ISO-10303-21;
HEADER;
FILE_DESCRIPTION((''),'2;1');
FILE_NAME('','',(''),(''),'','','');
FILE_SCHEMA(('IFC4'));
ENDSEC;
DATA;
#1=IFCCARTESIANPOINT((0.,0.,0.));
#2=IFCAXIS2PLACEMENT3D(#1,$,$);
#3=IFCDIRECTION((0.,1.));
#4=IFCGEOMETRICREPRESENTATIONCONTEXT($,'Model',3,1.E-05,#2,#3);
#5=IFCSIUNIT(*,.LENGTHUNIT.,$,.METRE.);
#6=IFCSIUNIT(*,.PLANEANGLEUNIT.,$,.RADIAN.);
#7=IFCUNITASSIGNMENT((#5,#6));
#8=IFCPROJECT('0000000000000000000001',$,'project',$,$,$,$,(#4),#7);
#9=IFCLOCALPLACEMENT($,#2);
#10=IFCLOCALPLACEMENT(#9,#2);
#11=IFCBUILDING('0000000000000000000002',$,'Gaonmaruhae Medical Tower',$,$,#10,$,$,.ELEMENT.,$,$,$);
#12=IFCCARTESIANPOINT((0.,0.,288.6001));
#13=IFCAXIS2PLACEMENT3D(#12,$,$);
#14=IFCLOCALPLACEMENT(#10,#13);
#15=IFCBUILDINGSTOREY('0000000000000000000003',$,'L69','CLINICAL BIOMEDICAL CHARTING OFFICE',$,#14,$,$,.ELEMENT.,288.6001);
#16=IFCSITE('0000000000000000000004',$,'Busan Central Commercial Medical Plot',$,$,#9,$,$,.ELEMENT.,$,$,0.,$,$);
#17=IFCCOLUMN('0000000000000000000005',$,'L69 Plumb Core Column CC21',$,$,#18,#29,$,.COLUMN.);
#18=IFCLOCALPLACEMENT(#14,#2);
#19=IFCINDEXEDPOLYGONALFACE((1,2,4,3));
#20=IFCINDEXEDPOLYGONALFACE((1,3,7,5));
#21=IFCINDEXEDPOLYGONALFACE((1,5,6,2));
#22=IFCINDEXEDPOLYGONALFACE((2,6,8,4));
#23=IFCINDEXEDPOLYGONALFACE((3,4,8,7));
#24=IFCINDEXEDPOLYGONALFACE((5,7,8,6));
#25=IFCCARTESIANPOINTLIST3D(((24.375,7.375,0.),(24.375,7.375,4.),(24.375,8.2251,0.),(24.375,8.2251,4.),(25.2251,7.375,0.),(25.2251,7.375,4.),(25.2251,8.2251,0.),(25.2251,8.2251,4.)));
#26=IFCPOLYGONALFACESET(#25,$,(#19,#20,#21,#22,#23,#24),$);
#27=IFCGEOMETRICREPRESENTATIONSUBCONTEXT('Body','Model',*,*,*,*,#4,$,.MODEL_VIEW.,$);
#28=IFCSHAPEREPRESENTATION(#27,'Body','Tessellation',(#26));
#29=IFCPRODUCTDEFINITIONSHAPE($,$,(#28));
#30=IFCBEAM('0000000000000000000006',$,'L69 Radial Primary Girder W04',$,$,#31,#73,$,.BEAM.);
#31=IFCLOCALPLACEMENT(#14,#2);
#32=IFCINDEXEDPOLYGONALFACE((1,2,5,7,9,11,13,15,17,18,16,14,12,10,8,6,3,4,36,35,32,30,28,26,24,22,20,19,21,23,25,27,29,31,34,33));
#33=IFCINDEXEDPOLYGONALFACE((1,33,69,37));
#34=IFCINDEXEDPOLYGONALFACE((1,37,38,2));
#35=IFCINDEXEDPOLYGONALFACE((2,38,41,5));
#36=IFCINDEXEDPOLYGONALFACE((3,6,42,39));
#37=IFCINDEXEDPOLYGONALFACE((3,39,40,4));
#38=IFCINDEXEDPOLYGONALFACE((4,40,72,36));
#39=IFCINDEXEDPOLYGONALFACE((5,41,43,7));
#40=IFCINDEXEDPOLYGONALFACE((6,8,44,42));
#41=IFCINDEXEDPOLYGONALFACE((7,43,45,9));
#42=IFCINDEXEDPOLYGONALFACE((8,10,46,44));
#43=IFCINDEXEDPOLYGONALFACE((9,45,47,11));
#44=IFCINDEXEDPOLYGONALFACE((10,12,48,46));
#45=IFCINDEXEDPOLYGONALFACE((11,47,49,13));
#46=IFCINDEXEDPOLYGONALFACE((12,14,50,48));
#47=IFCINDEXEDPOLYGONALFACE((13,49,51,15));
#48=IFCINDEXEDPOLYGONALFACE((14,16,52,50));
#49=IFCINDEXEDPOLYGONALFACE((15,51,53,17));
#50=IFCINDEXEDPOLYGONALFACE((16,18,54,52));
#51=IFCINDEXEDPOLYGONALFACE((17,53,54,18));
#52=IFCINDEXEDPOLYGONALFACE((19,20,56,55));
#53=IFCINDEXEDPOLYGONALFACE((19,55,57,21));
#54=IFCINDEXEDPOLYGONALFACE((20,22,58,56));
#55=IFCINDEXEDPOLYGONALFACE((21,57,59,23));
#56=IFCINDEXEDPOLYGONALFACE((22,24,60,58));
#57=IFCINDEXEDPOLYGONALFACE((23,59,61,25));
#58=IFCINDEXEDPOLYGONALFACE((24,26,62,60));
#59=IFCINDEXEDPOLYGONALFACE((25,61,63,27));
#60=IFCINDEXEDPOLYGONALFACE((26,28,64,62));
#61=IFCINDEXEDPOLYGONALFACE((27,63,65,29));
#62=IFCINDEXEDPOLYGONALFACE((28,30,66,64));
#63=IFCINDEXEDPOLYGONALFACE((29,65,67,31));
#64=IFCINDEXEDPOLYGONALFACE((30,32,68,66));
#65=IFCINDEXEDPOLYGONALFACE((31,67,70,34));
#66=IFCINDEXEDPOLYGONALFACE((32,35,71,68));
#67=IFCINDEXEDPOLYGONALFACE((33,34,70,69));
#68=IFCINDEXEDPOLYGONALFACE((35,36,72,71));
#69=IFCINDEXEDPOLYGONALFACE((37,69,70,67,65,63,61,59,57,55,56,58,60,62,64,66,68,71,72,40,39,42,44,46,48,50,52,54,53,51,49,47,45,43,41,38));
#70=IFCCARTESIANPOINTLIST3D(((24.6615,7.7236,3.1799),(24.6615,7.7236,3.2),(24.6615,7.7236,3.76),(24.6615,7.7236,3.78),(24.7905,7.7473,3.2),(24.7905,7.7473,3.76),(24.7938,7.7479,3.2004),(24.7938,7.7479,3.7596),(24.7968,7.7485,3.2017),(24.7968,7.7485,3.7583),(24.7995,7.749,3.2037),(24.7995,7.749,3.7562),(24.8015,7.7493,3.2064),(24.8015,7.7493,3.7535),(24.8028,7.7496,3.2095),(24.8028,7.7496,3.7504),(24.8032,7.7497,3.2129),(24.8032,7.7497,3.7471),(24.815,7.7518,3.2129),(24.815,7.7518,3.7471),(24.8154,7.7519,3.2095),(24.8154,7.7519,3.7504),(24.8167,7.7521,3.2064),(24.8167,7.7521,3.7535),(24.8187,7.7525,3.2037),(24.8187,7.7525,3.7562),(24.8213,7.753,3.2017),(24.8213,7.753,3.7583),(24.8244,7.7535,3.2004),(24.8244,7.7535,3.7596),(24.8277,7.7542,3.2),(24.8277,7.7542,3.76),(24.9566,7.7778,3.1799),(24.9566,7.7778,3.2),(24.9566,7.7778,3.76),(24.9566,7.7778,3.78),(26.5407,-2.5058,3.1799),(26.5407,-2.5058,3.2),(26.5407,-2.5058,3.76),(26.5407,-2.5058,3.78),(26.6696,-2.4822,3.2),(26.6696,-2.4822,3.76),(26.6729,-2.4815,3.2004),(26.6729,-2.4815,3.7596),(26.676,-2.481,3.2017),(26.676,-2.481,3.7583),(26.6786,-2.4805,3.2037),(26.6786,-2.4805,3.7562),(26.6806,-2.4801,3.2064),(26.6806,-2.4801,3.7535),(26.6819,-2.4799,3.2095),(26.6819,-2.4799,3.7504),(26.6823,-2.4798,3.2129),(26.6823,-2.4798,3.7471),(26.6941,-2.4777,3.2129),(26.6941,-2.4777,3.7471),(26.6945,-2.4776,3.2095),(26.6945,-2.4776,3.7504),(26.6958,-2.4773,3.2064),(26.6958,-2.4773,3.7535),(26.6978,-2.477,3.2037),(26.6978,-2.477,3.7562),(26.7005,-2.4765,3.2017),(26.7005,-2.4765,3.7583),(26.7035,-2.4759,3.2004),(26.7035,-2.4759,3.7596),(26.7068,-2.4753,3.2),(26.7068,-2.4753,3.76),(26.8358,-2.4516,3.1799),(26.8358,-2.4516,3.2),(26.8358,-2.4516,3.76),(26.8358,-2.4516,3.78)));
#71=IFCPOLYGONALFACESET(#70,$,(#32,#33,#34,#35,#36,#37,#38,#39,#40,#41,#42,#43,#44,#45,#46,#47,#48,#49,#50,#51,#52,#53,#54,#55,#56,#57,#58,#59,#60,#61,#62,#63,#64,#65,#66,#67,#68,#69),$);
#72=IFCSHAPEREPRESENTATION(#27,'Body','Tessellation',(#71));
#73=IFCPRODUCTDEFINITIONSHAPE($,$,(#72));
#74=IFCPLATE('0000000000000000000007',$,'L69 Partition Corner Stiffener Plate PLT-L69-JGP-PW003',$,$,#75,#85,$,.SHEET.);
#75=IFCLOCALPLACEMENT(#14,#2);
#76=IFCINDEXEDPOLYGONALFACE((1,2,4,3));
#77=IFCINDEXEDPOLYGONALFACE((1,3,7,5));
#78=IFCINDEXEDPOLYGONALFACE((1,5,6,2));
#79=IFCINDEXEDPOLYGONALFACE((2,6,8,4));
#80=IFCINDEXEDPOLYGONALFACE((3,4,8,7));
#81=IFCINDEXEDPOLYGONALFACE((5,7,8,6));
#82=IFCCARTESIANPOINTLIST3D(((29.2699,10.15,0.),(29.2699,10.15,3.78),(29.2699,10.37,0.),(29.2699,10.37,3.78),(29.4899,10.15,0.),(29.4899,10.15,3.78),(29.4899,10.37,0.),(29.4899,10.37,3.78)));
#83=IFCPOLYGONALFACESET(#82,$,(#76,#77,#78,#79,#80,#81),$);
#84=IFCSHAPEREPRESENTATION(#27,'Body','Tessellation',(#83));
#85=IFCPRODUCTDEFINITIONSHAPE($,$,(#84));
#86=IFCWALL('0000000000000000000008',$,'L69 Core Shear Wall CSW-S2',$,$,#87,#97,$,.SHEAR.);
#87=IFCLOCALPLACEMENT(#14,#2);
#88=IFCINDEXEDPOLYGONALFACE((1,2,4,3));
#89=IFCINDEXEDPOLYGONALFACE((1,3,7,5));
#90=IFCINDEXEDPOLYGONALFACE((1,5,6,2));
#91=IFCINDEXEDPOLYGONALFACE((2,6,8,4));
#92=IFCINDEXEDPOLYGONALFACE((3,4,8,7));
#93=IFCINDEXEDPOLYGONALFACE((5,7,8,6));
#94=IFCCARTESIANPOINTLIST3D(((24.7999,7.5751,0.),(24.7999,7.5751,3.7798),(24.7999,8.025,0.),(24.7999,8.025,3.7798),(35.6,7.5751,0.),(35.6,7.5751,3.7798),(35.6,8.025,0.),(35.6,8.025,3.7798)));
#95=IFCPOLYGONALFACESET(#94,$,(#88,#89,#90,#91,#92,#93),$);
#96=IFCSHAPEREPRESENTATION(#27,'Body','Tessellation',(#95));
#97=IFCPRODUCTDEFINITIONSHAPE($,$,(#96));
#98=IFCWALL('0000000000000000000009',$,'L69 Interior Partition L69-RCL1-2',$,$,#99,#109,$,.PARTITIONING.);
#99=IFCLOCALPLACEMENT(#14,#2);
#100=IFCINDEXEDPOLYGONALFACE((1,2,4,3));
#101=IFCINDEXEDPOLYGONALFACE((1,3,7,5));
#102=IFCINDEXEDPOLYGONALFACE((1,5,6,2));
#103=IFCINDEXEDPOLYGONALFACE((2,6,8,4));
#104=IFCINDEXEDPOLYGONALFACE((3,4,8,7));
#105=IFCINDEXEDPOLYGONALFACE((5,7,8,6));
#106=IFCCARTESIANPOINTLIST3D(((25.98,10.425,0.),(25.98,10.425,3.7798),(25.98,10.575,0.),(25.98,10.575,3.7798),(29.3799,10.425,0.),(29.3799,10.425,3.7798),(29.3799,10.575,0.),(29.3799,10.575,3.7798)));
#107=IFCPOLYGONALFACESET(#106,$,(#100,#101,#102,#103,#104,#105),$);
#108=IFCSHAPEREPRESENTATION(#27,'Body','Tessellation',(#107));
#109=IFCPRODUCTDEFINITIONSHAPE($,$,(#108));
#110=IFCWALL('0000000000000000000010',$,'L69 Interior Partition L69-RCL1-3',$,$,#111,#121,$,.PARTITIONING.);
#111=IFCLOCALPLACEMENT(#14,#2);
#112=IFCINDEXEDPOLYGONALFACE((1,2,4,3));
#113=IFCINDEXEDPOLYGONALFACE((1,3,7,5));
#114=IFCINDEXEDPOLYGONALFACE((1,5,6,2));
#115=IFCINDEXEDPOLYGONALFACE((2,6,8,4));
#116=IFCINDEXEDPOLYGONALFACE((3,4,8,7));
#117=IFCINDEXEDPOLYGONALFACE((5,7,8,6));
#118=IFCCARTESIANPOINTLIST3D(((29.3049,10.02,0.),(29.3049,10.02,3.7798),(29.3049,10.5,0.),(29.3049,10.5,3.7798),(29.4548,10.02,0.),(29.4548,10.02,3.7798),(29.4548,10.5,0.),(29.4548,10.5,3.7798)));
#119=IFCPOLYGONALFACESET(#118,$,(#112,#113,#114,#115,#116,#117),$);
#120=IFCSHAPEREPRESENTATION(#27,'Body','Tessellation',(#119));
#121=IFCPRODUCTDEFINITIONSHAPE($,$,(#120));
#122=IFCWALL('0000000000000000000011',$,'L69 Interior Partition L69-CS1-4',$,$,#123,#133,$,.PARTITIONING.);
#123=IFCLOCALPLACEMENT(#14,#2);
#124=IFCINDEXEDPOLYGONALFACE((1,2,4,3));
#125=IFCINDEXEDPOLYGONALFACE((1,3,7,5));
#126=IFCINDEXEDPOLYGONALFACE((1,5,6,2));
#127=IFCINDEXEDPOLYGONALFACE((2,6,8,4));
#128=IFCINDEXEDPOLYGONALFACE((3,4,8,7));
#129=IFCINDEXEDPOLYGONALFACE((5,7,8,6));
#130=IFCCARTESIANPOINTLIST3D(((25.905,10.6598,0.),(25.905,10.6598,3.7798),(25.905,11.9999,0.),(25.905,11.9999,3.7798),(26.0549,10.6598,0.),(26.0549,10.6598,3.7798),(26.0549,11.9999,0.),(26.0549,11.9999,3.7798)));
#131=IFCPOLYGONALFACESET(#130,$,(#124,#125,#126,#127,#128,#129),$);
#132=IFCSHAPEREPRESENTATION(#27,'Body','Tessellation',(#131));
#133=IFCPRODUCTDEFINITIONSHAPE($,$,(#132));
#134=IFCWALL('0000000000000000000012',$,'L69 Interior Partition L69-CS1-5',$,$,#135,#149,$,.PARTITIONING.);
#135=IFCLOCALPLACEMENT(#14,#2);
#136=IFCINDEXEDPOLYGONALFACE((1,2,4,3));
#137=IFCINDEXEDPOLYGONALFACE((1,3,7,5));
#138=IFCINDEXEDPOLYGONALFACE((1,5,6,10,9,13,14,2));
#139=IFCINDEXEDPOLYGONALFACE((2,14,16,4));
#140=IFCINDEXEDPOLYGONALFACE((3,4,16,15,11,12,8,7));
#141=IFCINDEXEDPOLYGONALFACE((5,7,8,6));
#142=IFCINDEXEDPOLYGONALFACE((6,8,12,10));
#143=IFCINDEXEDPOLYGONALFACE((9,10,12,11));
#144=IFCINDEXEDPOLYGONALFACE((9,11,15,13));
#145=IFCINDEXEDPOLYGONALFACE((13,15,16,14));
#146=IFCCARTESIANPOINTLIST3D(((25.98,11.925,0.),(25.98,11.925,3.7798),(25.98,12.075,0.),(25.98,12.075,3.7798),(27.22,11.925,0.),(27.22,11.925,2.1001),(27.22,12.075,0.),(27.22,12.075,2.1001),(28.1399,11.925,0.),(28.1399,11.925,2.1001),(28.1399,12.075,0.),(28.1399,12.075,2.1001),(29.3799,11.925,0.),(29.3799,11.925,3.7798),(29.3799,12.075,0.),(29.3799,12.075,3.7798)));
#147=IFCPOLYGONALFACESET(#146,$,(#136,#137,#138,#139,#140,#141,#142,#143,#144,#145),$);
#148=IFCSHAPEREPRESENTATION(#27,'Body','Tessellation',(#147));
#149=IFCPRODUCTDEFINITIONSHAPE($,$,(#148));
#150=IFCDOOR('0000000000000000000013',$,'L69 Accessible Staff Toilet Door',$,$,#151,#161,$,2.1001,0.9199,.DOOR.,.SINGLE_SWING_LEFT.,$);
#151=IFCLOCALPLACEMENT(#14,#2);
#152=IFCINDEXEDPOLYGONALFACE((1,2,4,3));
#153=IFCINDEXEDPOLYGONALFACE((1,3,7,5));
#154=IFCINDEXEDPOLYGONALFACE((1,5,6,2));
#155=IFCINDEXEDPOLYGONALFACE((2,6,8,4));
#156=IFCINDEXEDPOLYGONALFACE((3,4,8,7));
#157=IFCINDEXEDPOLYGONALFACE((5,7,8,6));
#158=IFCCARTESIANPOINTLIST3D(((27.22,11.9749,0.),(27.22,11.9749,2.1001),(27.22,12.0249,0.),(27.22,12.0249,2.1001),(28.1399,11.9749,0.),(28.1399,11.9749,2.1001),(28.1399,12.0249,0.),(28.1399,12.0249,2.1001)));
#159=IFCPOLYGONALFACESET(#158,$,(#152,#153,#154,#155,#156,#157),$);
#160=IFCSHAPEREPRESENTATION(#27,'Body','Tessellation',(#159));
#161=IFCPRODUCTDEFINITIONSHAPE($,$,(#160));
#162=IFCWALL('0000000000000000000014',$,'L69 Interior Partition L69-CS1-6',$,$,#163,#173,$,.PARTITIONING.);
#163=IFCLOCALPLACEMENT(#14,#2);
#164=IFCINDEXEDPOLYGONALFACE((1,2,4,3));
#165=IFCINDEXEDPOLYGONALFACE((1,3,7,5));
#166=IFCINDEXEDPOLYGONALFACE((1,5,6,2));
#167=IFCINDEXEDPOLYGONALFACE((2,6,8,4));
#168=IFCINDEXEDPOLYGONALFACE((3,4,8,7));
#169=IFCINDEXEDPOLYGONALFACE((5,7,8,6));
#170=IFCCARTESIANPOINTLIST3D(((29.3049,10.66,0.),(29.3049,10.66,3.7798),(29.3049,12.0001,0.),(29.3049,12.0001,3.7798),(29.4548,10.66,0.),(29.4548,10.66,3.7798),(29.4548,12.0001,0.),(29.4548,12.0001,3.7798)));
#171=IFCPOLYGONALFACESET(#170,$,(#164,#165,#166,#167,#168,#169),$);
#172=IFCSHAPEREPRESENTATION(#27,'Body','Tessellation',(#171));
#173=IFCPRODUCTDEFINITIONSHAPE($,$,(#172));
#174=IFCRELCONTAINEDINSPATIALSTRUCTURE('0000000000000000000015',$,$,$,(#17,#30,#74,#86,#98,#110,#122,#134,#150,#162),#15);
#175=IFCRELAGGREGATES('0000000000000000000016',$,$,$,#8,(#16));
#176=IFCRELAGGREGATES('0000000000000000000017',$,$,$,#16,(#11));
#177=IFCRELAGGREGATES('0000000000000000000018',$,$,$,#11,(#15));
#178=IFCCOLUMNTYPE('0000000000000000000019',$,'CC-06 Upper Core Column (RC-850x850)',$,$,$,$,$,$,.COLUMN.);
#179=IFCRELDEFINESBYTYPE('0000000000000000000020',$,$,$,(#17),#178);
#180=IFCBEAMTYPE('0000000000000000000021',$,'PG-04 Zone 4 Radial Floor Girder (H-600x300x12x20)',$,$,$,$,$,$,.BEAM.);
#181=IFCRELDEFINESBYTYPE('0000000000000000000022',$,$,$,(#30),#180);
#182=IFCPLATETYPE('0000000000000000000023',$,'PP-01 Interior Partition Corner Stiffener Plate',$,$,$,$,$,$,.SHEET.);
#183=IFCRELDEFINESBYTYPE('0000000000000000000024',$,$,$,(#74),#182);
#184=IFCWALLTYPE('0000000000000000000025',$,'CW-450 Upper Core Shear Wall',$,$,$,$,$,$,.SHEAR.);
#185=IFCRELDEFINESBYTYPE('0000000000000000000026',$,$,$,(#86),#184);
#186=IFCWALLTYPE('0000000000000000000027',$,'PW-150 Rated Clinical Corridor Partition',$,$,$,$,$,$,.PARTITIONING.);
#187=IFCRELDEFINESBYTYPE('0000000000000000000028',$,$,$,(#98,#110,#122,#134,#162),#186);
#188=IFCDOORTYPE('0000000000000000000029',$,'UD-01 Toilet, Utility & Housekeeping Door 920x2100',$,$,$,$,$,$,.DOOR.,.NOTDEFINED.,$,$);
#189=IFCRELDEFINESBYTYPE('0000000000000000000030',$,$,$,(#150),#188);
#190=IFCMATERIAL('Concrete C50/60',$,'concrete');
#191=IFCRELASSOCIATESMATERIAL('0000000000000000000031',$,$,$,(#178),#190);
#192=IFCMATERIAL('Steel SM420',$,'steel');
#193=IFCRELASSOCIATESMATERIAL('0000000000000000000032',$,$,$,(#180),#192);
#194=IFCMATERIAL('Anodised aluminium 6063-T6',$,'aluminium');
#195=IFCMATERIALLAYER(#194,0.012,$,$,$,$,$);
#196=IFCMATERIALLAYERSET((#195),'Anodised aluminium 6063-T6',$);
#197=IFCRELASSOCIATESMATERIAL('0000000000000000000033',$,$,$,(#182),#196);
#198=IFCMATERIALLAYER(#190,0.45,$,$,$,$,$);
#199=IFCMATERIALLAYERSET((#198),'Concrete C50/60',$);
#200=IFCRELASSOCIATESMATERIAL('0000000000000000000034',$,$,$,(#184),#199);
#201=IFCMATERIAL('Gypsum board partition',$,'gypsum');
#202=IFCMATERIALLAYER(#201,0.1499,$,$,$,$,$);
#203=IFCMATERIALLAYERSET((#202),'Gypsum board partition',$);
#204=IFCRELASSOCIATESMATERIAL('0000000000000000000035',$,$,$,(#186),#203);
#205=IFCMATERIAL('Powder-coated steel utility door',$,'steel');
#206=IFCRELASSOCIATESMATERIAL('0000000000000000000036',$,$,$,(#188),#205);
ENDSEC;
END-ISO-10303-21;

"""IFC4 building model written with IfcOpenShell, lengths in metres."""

from ifc_helpers import new_model, si_unit, direction, frame, frame_2d, origin, origin_2d, place, context, subcontext, project, spatial, rectangle, i_section, extrude, material, layer, layer_set, material_profile, profile_set, type_object, element, fill, save


model = new_model("IFC4")

# Units and contexts
model_context = context("Model", 3, precision=1e-05, world=origin(), true_north=direction((0.0, 1.0)))
body_context = subcontext(model_context, "Body", "Model", "MODEL_VIEW")
ifc_project = project(units=[si_unit("LENGTHUNIT", "METRE"), si_unit("PLANEANGLEUNIT", "RADIAN")], contexts=[model_context])

# Site, building, storey
site_placement = place(None, origin())
site = spatial("IfcSite", under=ifc_project, at=site_placement, Name="Busan Central Commercial Medical Plot", CompositionType="ELEMENT", RefElevation=0.0)
building_placement = place(site_placement, origin())
building = spatial("IfcBuilding", under=site, at=building_placement, Name="Gaonmaruhae Medical Tower", CompositionType="ELEMENT")
storey_placement = place(building_placement, frame((0.0, 0.0, 288.6001)))
storey = spatial("IfcBuildingStorey", under=building, at=storey_placement, Name="L69", Description="CLINICAL BIOMEDICAL CHARTING OFFICE", CompositionType="ELEMENT", Elevation=288.6001)

# Column
ifc_material_1 = material(Name="Concrete C50/60", Category="concrete")
ifc_material_profile_1 = material_profile(ifc_material_1, rectangle(XDim=0.8501, YDim=0.8501, at=origin_2d()), Name="RC-850x850")
ifc_profile_set_1 = profile_set([ifc_material_profile_1], Name="Concrete C50/60")
column_type = type_object("IfcColumnType", Name="CC-06 Upper Core Column (RC-850x850)", PredefinedType="COLUMN", material=ifc_profile_set_1)
column_placement = place(storey_placement, frame((24.8, 7.8, 0.0), z_axis=(0.0, 0.0, 1.0), x_axis=(1.0, 0.0, 0.0)))
element("IfcColumn", 1, at=column_placement, inside=storey, type_object=column_type, Name="L69 Plumb Core Column CC21", PredefinedType="COLUMN", context=body_context, shape_type="SweptSolid", body=[
    extrude(rectangle(XDim=0.8501, YDim=0.8501, at=origin_2d()), origin(), (0.0, 0.0, 1.0), 4.0),
])

# Beam
ifc_material_2 = material(Name="Steel SM420", Category="steel")
ifc_material_profile_2 = material_profile(ifc_material_2, i_section(OverallWidth=0.3, OverallDepth=0.6001, WebThickness=0.012, FlangeThickness=0.02, FilletRadius=0.0129, at=origin_2d()), Name="H-600x300x12x20")
ifc_profile_set_2 = profile_set([ifc_material_profile_2], Name="Steel SM420")
beam_type = type_object("IfcBeamType", Name="PG-04 Zone 4 Radial Floor Girder (H-600x300x12x20)", PredefinedType="BEAM", material=ifc_profile_set_2)
beam_placement = place(storey_placement, frame((24.8091, 7.7507, 3.48), z_axis=(0.180676, -0.983543, 0.0), x_axis=(0.983543, 0.180676, 0.0)))
element("IfcBeam", 2, at=beam_placement, inside=storey, type_object=beam_type, Name="L69 Radial Primary Girder W04", PredefinedType="BEAM", context=body_context, shape_type="SweptSolid", body=[
    extrude(i_section(OverallWidth=0.3, OverallDepth=0.6001, WebThickness=0.012, FlangeThickness=0.02, FilletRadius=0.0129, at=origin_2d()), origin(), (0.0, 0.0, 1.0), 10.4006),
])

# Plate
ifc_material_3 = material(Name="Anodised aluminium 6063-T6", Category="aluminium")
ifc_layer_1 = layer(ifc_material_3, 0.012)
ifc_layer_set_1 = layer_set([ifc_layer_1], Name="Anodised aluminium 6063-T6")
plate_type = type_object("IfcPlateType", Name="PP-01 Interior Partition Corner Stiffener Plate", PredefinedType="SHEET", material=ifc_layer_set_1)
plate_placement = place(storey_placement, frame((29.3799, 10.26, 0.0), z_axis=(0.0, 0.0, 1.0), x_axis=(0.0, -1.0, 0.0)))
element("IfcPlate", 3, at=plate_placement, inside=storey, type_object=plate_type, Name="L69 Partition Corner Stiffener Plate PLT-L69-JGP-PW003", PredefinedType="SHEET", context=body_context, shape_type="SweptSolid", body=[
    extrude(rectangle(XDim=0.22, YDim=0.22, at=origin_2d()), origin(), (0.0, 0.0, 1.0), 3.78),
])

# Wall
ifc_layer_2 = layer(ifc_material_1, 0.45)
ifc_layer_set_2 = layer_set([ifc_layer_2], Name="Concrete C50/60")
wall_type_1 = type_object("IfcWallType", Name="CW-450 Upper Core Shear Wall", PredefinedType="SHEAR", material=ifc_layer_set_2)
wall_1_placement = place(storey_placement, frame((24.8, 7.8, 0.0), z_axis=(0.0, 0.0, 1.0), x_axis=(1.0, 0.0, 0.0)))
element("IfcWall", 4, at=wall_1_placement, inside=storey, type_object=wall_type_1, Name="L69 Core Shear Wall CSW-S2", PredefinedType="SHEAR", context=body_context, shape_type="SweptSolid", body=[
    extrude(rectangle(XDim=10.8, YDim=0.45, at=frame_2d((5.3999, 0.0))), origin(), (0.0, 0.0, 1.0), 3.7798),
])

# Shared definitions
ifc_material_4 = material(Name="Gypsum board partition", Category="gypsum")
ifc_layer_3 = layer(ifc_material_4, 0.1499)
ifc_layer_set_3 = layer_set([ifc_layer_3], Name="Gypsum board partition")
wall_type_2 = type_object("IfcWallType", Name="PW-150 Rated Clinical Corridor Partition", PredefinedType="PARTITIONING", material=ifc_layer_set_3)

# Walls
wall_2_placement = place(storey_placement, frame((25.98, 10.5, 0.0), z_axis=(0.0, 0.0, 1.0), x_axis=(1.0, 0.0, 0.0)))
element("IfcWall", 5, at=wall_2_placement, inside=storey, type_object=wall_type_2, Name="L69 Interior Partition L69-RCL1-2", PredefinedType="PARTITIONING", context=body_context, shape_type="SweptSolid", body=[
    extrude(rectangle(XDim=3.3999, YDim=0.1499, at=frame_2d((1.7, 0.0))), origin(), (0.0, 0.0, 1.0), 3.7798),
])
wall_3_placement = place(storey_placement, frame((29.3799, 10.5, 0.0), z_axis=(0.0, 0.0, 1.0), x_axis=(0.0, -1.0, 0.0)))
element("IfcWall", 6, at=wall_3_placement, inside=storey, type_object=wall_type_2, Name="L69 Interior Partition L69-RCL1-3", PredefinedType="PARTITIONING", context=body_context, shape_type="SweptSolid", body=[
    extrude(rectangle(XDim=0.48, YDim=0.1499, at=frame_2d((0.24, 0.0))), origin(), (0.0, 0.0, 1.0), 3.7798),
])
wall_4_placement = place(storey_placement, frame((25.98, 10.6599, 0.0), z_axis=(0.0, 0.0, 1.0), x_axis=(0.0, 1.0, 0.0)))
element("IfcWall", 7, at=wall_4_placement, inside=storey, type_object=wall_type_2, Name="L69 Interior Partition L69-CS1-4", PredefinedType="PARTITIONING", context=body_context, shape_type="SweptSolid", body=[
    extrude(rectangle(XDim=1.3401, YDim=0.1499, at=frame_2d((0.6699, 0.0))), origin(), (0.0, 0.0, 1.0), 3.7798),
])

# Wall, opening, door
wall_5_placement = place(storey_placement, frame((25.98, 12.0, 0.0), z_axis=(0.0, 0.0, 1.0), x_axis=(1.0, 0.0, 0.0)))
wall_5 = element("IfcWall", 8, at=wall_5_placement, inside=storey, type_object=wall_type_2, Name="L69 Interior Partition L69-CS1-5", PredefinedType="PARTITIONING", context=body_context, shape_type="SweptSolid", body=[
    extrude(rectangle(XDim=3.3999, YDim=0.1499, at=frame_2d((1.7, 0.0))), origin(), (0.0, 0.0, 1.0), 3.7798),
])
opening_1_placement = place(wall_5_placement, frame((1.24, 0.0, 0.0)))
opening_1 = element("IfcOpeningElement", 9, at=opening_1_placement, cuts=wall_5, PredefinedType="OPENING", context=body_context, shape_type="SweptSolid", body=[
    extrude(rectangle(XDim=0.9199, YDim=2.1001, at=frame_2d((0.46, 1.05))), frame((0.0, 0.085, 0.0), z_axis=(0.0, -1.0, 0.0), x_axis=(1.0, 0.0, 0.0)), (0.0, 0.0, 1.0), 0.1699),
])
ifc_material_5 = material(Name="Powder-coated steel utility door", Category="steel")
door_type_1 = type_object("IfcDoorType", Name="UD-01 Toilet, Utility & Housekeeping Door 920x2100", OperationType="NOTDEFINED", PredefinedType="DOOR", material=ifc_material_5)
door_1_placement = place(opening_1_placement, origin())
door_1 = element("IfcDoor", 10, at=door_1_placement, inside=storey, type_object=door_type_1, Name="L69 Accessible Staff Toilet Door", OperationType="SINGLE_SWING_LEFT", OverallHeight=2.1001, OverallWidth=0.9199, PredefinedType="DOOR", context=body_context, shape_type="SweptSolid", body=[
    extrude(rectangle(XDim=0.9199, YDim=2.1001, at=frame_2d((0.46, 1.05))), frame((0.0, 0.0249, 0.0), z_axis=(0.0, -1.0, 0.0), x_axis=(1.0, 0.0, 0.0)), (0.0, 0.0, 1.0), 0.05),
])
fill(opening_1, door_1)

# Wall
wall_6_placement = place(storey_placement, frame((29.3799, 12.0, 0.0), z_axis=(0.0, 0.0, 1.0), x_axis=(0.0, -1.0, 0.0)))
element("IfcWall", 11, at=wall_6_placement, inside=storey, type_object=wall_type_2, Name="L69 Interior Partition L69-CS1-6", PredefinedType="PARTITIONING", context=body_context, shape_type="SweptSolid", body=[
    extrude(rectangle(XDim=1.3401, YDim=0.1499, at=frame_2d((0.6699, 0.0))), origin(), (0.0, 0.0, 1.0), 3.7798),
])

save(model, "model.ifc")
